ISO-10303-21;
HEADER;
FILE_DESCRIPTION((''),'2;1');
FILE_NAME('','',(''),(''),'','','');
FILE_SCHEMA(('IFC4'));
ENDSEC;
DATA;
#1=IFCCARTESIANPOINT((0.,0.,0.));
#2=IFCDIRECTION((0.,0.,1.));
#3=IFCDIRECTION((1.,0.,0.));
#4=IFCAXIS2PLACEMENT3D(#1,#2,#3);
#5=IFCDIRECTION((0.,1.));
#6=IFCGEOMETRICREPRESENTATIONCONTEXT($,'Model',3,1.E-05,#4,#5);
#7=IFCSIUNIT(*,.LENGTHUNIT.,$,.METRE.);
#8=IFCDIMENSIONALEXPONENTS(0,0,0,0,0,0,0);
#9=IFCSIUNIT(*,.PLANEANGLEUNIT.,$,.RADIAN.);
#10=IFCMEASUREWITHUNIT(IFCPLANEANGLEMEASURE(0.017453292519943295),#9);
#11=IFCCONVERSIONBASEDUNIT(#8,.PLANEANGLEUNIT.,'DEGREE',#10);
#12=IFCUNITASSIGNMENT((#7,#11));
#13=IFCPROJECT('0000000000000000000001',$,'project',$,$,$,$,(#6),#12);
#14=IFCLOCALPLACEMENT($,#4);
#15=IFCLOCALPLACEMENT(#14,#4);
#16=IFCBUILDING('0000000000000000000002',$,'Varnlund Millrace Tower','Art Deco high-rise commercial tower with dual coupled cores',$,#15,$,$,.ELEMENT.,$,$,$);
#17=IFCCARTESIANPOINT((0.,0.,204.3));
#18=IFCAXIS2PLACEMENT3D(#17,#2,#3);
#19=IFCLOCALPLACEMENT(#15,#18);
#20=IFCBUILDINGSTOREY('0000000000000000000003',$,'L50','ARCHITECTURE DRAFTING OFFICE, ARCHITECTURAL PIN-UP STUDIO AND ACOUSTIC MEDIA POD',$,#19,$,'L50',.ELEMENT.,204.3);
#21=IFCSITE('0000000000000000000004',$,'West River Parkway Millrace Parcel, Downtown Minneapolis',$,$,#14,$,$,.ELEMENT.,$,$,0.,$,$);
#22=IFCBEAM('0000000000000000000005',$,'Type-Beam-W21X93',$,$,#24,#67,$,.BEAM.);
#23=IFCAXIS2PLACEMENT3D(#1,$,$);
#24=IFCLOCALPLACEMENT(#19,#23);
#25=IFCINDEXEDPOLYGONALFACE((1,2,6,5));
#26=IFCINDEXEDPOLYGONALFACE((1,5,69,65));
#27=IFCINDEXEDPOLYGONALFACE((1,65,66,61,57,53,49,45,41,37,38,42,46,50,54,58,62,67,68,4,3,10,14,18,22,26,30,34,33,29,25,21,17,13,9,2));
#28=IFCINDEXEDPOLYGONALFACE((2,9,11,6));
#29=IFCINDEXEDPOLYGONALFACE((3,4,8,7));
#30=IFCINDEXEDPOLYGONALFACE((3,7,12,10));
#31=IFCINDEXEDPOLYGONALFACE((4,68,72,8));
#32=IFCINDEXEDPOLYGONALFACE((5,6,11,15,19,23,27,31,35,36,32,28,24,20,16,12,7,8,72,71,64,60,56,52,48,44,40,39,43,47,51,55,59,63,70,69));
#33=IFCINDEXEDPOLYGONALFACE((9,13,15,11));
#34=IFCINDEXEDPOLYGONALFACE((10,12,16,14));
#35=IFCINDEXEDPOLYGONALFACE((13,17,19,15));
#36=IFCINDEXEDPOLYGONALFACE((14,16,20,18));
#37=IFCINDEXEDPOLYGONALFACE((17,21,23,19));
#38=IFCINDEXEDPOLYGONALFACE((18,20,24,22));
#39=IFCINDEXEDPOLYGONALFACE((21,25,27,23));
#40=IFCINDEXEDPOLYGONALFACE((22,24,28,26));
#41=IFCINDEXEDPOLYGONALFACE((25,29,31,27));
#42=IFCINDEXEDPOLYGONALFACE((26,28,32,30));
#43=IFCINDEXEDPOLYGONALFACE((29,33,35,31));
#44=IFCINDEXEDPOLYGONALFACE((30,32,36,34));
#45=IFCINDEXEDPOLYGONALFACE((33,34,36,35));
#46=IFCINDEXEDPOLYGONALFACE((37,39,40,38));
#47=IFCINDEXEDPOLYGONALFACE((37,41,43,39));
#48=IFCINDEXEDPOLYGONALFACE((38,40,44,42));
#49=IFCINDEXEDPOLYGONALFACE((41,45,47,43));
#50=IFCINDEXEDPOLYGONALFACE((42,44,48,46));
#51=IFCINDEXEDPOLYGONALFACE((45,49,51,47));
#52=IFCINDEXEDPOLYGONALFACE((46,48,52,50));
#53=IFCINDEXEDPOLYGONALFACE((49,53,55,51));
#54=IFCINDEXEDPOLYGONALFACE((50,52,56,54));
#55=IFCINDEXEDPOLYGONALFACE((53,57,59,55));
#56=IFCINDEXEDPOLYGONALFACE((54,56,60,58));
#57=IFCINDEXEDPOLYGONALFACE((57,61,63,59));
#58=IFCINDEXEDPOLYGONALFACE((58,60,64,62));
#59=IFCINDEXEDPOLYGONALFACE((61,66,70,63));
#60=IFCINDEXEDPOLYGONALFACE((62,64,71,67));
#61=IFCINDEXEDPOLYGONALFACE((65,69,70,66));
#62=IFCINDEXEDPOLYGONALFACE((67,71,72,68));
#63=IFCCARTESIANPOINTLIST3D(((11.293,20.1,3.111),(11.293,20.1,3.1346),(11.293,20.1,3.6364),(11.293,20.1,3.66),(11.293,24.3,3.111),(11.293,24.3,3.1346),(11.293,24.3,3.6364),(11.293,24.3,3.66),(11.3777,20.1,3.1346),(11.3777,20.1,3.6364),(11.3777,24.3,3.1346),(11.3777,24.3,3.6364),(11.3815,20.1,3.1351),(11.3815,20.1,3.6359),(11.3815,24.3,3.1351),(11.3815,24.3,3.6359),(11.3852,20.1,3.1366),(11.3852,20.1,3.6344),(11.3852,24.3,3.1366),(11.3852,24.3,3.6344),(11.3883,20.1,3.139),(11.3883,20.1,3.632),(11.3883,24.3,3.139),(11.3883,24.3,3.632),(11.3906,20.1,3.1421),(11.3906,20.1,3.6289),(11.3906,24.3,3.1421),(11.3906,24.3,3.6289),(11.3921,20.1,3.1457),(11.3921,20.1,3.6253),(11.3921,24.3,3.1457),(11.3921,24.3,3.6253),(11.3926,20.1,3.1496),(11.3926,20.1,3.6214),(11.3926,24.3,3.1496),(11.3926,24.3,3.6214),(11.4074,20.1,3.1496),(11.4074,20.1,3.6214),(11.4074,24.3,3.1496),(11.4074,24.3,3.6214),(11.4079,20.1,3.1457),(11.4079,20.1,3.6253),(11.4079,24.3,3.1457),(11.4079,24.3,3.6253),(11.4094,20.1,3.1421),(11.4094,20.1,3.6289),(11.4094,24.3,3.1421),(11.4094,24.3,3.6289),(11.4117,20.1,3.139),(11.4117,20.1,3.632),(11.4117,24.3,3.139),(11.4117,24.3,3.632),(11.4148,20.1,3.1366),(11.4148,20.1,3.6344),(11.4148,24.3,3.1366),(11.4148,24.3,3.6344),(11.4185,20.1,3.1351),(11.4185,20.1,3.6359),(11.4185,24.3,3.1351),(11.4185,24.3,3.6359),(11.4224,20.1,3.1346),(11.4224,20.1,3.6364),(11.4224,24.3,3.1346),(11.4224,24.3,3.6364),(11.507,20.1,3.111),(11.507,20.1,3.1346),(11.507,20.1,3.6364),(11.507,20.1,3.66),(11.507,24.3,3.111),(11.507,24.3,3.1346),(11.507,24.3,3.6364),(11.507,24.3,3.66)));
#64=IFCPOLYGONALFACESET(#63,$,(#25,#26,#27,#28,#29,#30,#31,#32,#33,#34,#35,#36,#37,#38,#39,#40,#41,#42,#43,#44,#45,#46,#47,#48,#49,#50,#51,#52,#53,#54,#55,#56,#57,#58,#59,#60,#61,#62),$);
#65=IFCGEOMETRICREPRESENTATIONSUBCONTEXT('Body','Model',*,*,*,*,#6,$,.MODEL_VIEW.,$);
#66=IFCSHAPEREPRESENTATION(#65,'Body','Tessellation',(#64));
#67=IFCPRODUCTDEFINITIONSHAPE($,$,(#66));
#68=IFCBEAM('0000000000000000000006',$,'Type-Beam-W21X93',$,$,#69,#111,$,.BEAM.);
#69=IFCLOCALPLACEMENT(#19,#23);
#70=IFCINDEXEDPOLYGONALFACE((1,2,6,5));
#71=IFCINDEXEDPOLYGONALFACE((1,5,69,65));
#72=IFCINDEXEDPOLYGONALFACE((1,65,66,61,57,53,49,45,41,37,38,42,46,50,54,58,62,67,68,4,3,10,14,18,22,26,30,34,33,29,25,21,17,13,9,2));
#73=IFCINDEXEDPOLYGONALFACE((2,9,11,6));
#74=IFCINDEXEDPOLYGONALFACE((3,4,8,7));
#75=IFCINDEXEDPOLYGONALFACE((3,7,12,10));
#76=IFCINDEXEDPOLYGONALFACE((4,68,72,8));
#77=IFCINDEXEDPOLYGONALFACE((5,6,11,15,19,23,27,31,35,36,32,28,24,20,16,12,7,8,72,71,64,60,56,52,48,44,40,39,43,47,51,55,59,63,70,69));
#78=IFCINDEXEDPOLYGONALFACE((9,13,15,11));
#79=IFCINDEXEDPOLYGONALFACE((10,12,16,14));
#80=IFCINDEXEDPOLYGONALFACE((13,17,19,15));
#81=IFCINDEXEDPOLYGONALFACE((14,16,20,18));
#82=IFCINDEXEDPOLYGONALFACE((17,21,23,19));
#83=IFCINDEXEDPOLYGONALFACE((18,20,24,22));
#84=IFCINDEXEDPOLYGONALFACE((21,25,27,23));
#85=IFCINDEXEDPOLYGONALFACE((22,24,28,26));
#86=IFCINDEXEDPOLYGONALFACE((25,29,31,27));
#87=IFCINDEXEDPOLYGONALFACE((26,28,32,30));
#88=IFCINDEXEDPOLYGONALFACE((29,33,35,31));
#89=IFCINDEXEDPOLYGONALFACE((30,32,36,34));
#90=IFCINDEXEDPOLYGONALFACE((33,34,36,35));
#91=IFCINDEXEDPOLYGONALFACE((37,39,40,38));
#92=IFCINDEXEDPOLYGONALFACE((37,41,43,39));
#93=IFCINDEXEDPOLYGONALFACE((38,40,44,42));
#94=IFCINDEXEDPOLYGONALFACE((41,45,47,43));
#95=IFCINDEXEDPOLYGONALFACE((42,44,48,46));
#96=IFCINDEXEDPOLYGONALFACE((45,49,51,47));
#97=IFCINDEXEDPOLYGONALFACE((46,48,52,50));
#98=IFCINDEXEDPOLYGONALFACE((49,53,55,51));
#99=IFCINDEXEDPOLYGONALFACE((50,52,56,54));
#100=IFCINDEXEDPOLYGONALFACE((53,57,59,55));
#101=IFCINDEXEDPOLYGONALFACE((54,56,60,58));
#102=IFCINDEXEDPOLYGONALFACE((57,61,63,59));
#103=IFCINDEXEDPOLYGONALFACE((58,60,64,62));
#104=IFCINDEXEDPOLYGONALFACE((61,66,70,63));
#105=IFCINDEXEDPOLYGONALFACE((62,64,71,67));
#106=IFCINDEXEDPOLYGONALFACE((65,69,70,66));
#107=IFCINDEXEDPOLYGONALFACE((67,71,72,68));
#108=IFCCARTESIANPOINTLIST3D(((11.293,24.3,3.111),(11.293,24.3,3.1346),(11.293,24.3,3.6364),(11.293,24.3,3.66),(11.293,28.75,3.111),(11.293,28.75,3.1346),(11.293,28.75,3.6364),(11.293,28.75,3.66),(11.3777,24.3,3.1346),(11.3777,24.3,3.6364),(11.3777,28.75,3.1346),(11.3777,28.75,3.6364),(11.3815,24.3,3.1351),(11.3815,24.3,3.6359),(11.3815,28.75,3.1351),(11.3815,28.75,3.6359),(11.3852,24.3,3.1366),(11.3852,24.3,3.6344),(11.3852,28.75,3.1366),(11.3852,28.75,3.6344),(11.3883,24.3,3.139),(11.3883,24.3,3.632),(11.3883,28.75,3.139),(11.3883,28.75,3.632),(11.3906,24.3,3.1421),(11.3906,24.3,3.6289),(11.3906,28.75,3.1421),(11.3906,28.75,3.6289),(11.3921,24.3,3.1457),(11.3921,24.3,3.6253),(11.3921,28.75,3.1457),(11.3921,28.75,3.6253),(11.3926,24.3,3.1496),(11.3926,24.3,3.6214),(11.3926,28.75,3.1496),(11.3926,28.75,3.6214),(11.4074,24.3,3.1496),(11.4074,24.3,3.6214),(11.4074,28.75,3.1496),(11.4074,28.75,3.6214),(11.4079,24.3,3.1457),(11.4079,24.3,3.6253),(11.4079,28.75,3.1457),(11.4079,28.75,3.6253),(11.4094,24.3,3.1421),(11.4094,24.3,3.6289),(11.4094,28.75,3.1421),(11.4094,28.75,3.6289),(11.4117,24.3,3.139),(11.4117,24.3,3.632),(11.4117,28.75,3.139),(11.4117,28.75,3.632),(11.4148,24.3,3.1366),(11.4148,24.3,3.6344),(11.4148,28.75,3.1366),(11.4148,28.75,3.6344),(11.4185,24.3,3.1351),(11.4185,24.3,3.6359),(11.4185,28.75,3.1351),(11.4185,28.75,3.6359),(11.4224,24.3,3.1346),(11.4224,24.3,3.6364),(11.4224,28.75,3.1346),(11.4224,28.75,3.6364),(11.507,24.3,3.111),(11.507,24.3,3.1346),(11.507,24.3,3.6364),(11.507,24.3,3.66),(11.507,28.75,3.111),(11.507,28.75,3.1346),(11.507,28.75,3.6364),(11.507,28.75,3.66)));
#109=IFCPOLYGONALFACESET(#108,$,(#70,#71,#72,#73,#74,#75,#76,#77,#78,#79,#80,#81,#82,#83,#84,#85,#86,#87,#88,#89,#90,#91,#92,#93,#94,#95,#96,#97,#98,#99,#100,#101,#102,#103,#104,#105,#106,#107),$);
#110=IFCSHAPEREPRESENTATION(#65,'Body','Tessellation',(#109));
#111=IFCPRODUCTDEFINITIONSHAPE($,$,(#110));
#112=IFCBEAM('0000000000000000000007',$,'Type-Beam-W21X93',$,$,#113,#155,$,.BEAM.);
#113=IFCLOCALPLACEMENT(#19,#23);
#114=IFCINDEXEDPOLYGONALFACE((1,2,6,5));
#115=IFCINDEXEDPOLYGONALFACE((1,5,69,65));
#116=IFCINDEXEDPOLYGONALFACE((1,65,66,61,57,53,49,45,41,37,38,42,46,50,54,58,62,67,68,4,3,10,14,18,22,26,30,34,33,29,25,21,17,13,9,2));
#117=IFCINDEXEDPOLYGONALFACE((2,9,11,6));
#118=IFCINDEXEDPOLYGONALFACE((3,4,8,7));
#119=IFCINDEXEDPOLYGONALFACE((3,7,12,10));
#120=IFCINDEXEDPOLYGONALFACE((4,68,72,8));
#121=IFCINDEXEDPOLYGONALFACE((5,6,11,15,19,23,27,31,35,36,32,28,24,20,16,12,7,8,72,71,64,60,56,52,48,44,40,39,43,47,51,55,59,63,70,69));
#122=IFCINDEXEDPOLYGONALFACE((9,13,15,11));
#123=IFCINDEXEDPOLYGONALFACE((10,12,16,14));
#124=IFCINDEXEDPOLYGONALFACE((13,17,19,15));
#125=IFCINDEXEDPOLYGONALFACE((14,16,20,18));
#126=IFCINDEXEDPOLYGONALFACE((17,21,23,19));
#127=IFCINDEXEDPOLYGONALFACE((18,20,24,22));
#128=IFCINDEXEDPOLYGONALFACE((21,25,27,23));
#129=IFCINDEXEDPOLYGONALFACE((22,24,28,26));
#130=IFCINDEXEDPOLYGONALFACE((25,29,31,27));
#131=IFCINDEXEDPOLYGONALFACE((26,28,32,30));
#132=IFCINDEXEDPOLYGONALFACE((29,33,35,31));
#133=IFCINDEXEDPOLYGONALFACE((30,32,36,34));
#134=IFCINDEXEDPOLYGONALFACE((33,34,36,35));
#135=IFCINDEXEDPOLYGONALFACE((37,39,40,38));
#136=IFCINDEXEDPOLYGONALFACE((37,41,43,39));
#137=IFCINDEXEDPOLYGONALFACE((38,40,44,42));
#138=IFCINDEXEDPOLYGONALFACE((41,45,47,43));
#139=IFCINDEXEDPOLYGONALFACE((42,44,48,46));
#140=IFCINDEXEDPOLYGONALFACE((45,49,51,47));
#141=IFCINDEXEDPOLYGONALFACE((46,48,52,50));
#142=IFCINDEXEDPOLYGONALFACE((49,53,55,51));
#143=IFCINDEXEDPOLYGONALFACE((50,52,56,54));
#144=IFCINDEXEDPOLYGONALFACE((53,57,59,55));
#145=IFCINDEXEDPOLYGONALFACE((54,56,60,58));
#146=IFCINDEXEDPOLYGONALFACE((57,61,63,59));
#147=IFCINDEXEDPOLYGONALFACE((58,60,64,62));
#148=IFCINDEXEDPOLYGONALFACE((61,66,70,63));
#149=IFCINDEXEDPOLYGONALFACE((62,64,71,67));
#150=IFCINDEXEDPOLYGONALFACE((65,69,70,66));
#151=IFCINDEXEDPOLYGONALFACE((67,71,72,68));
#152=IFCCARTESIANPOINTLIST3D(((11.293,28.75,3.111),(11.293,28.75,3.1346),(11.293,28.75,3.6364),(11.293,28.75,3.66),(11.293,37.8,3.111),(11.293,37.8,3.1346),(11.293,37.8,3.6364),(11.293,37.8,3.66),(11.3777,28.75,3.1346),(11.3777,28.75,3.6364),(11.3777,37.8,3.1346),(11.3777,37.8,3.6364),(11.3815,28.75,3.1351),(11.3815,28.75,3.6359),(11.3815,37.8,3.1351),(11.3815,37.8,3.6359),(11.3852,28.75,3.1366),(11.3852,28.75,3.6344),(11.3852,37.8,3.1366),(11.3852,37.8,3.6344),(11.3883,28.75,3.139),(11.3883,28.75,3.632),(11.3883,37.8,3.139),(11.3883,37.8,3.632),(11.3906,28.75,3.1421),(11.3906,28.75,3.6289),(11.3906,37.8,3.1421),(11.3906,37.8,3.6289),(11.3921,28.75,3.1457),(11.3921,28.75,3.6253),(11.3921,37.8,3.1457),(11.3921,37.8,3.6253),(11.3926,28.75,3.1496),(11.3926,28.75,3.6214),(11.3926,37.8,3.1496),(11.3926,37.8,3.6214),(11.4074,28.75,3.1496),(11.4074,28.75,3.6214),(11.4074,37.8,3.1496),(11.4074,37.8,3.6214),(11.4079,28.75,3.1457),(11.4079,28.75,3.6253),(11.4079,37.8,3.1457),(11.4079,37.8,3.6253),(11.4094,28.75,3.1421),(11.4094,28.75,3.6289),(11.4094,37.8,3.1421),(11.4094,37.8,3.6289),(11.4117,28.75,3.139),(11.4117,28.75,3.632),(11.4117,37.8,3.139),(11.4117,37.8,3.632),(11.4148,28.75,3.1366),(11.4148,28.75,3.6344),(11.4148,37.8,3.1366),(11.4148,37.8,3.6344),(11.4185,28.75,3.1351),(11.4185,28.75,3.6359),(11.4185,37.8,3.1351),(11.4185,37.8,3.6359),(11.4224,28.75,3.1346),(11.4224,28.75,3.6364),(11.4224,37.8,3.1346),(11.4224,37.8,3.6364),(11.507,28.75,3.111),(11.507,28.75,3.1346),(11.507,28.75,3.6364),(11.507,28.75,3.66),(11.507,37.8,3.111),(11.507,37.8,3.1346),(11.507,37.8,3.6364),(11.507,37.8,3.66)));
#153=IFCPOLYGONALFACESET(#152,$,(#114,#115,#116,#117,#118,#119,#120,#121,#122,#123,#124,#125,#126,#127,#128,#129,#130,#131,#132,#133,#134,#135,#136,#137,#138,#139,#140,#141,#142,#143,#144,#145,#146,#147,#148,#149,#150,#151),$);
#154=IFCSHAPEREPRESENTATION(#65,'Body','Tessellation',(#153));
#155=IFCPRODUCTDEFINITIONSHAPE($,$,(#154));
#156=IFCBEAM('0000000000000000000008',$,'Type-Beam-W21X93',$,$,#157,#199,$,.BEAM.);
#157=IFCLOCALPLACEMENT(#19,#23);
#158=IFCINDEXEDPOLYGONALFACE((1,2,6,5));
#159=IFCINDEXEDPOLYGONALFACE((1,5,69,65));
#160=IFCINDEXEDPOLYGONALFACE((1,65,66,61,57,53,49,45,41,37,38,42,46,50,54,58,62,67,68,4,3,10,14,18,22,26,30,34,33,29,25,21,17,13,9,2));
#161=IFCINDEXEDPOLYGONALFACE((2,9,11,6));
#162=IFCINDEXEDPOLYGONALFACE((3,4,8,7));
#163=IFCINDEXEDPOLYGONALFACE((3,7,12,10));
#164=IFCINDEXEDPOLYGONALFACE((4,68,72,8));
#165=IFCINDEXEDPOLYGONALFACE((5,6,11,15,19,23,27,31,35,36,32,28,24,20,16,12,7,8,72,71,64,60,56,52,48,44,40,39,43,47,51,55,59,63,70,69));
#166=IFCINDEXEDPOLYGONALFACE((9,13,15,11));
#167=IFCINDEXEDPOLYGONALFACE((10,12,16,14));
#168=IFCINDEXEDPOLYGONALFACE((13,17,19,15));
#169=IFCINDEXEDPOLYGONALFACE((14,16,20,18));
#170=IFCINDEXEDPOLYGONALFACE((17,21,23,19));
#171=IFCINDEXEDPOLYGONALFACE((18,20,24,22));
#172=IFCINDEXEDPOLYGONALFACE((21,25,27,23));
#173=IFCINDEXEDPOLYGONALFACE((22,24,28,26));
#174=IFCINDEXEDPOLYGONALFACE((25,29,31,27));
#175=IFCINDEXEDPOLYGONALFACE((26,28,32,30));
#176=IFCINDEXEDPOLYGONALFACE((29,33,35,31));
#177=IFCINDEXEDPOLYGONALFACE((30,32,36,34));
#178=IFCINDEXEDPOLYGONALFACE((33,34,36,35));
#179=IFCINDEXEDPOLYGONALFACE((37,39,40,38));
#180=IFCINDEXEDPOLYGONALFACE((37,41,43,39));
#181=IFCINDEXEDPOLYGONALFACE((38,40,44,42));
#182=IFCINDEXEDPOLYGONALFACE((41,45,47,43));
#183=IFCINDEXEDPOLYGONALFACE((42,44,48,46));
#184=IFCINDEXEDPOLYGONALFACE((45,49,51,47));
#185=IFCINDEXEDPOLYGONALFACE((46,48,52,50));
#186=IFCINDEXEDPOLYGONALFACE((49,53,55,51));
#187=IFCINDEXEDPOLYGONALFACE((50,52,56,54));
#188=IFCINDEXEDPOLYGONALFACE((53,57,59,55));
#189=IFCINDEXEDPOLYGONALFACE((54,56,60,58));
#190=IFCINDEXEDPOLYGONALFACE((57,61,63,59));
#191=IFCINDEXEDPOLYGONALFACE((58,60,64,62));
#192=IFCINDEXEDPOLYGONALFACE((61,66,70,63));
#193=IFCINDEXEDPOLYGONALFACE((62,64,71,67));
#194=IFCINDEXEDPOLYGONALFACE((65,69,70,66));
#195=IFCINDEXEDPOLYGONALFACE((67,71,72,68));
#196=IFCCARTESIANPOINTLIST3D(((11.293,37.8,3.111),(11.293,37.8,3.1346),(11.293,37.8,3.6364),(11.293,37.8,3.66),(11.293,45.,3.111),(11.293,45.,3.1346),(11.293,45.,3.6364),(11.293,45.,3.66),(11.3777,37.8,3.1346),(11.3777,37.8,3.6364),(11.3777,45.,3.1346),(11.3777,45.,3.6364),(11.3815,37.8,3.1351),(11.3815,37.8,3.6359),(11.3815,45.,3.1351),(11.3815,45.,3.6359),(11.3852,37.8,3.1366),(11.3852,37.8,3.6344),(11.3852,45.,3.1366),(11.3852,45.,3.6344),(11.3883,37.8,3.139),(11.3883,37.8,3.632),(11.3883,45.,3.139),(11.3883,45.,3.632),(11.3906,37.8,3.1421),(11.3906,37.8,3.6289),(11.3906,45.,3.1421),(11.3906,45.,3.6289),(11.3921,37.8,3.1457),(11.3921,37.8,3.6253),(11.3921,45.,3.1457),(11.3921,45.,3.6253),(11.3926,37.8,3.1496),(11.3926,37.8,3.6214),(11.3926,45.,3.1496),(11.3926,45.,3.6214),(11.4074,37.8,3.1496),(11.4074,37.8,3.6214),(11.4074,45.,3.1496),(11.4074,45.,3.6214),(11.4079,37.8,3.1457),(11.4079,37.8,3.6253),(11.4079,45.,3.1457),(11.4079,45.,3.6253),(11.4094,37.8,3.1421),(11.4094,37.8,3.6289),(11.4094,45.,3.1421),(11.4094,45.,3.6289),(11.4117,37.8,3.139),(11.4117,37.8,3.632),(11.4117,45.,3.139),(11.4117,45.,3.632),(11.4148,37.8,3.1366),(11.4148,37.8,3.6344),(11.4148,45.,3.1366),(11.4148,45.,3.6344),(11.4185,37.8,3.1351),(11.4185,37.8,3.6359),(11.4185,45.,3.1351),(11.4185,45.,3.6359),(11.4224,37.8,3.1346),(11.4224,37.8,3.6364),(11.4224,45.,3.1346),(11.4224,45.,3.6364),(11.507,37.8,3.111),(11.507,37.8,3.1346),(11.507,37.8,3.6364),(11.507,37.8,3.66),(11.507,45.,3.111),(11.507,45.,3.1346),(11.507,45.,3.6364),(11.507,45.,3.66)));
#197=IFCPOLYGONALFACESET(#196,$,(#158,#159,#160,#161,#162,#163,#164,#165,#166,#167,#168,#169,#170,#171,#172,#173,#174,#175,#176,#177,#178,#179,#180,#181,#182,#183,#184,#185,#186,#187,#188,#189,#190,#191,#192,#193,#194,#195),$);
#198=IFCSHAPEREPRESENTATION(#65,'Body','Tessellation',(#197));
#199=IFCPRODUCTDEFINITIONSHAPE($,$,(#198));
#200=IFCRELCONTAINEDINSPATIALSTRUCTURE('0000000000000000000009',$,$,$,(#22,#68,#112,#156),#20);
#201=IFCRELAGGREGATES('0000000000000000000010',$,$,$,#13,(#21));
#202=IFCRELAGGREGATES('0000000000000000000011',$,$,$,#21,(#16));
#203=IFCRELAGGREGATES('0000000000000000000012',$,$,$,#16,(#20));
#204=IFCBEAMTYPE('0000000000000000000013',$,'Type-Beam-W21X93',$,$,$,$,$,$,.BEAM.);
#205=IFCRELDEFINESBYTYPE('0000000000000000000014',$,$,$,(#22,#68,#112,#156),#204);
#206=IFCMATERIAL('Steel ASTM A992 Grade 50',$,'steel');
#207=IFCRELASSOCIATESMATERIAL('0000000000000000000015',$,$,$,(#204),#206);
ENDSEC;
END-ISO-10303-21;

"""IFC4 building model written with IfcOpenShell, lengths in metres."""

from ifc_helpers import new_model, entity, si_unit, converted_unit, direction, frame, origin_with_axes, origin_2d_with_axis, place, context, subcontext, project, spatial, i_section, extrude, material, material_profile, profile_set, type_object, element, save


model = new_model("IFC4")

# Units and contexts
model_context = context("Model", 3, precision=1e-05, world=origin_with_axes(), true_north=direction((0.0, 1.0)))
body_context = subcontext(model_context, "Body", "Model", "MODEL_VIEW")
ifc_project = project(units=[si_unit("LENGTHUNIT", "METRE"), converted_unit("PLANEANGLEUNIT", "DEGREE", entity("IfcPlaneAngleMeasure", 0.017453292519943295), si_unit("PLANEANGLEUNIT", "RADIAN"), dimensions=[0, 0, 0, 0, 0, 0, 0])], contexts=[model_context])

# Site, building, storey
site_placement = place(None, origin_with_axes())
site = spatial("IfcSite", under=ifc_project, at=site_placement, Name="West River Parkway Millrace Parcel, Downtown Minneapolis", CompositionType="ELEMENT", RefElevation=0.0)
building_placement = place(site_placement, origin_with_axes())
building = spatial("IfcBuilding", under=site, at=building_placement, Name="Varnlund Millrace Tower", Description="Art Deco high-rise commercial tower with dual coupled cores", CompositionType="ELEMENT")
storey_placement = place(building_placement, frame((0.0, 0.0, 204.3), z_axis=(0.0, 0.0, 1.0), x_axis=(1.0, 0.0, 0.0)))
storey = spatial("IfcBuildingStorey", under=building, at=storey_placement, Name="L50", Description="ARCHITECTURE DRAFTING OFFICE, ARCHITECTURAL PIN-UP STUDIO AND ACOUSTIC MEDIA POD", LongName="L50", CompositionType="ELEMENT", Elevation=204.3)

# Beams
ifc_material_1 = material(Name="Steel ASTM A992 Grade 50", Category="steel")
ifc_material_profile_1 = material_profile(ifc_material_1, i_section(OverallWidth=0.214, OverallDepth=0.549, WebThickness=0.0147, FlangeThickness=0.0236, FilletRadius=0.015, at=origin_2d_with_axis()), Name="Steel ASTM A992 Grade 50")
ifc_profile_set_1 = profile_set([ifc_material_profile_1], Name="Steel ASTM A992 Grade 50")
beam_type_1 = type_object("IfcBeamType", Name="Type-Beam-W21X93", PredefinedType="BEAM", material=ifc_profile_set_1)
beam_1_placement = place(storey_placement, frame((11.4, 20.1, 3.3855), z_axis=(0.0, 1.0, 0.0), x_axis=(-1.0, 0.0, 0.0)))
element("IfcBeam", 1, at=beam_1_placement, inside=storey, type_object=beam_type_1, Name="Type-Beam-W21X93", PredefinedType="BEAM", context=body_context, shape_type="SweptSolid", body=[
    extrude(i_section(OverallWidth=0.214, OverallDepth=0.549, WebThickness=0.0147, FlangeThickness=0.0236, FilletRadius=0.015, at=origin_2d_with_axis()), origin_with_axes(), (0.0, 0.0, 1.0), 4.2),
])
beam_2_placement = place(storey_placement, frame((11.4, 24.3, 3.3855), z_axis=(0.0, 1.0, 0.0), x_axis=(-1.0, 0.0, 0.0)))
element("IfcBeam", 2, at=beam_2_placement, inside=storey, type_object=beam_type_1, Name="Type-Beam-W21X93", PredefinedType="BEAM", context=body_context, shape_type="SweptSolid", body=[
    extrude(i_section(OverallWidth=0.214, OverallDepth=0.549, WebThickness=0.0147, FlangeThickness=0.0236, FilletRadius=0.015, at=origin_2d_with_axis()), origin_with_axes(), (0.0, 0.0, 1.0), 4.45),
])
beam_3_placement = place(storey_placement, frame((11.4, 28.75, 3.3855), z_axis=(0.0, 1.0, 0.0), x_axis=(-1.0, 0.0, 0.0)))
element("IfcBeam", 3, at=beam_3_placement, inside=storey, type_object=beam_type_1, Name="Type-Beam-W21X93", PredefinedType="BEAM", context=body_context, shape_type="SweptSolid", body=[
    extrude(i_section(OverallWidth=0.214, OverallDepth=0.549, WebThickness=0.0147, FlangeThickness=0.0236, FilletRadius=0.015, at=origin_2d_with_axis()), origin_with_axes(), (0.0, 0.0, 1.0), 9.05),
])
beam_4_placement = place(storey_placement, frame((11.4, 37.8, 3.3855), z_axis=(0.0, 1.0, 0.0), x_axis=(-1.0, 0.0, 0.0)))
element("IfcBeam", 4, at=beam_4_placement, inside=storey, type_object=beam_type_1, Name="Type-Beam-W21X93", PredefinedType="BEAM", context=body_context, shape_type="SweptSolid", body=[
    extrude(i_section(OverallWidth=0.214, OverallDepth=0.549, WebThickness=0.0147, FlangeThickness=0.0236, FilletRadius=0.015, at=origin_2d_with_axis()), origin_with_axes(), (0.0, 0.0, 1.0), 7.2),
])

save(model, "model.ifc")
